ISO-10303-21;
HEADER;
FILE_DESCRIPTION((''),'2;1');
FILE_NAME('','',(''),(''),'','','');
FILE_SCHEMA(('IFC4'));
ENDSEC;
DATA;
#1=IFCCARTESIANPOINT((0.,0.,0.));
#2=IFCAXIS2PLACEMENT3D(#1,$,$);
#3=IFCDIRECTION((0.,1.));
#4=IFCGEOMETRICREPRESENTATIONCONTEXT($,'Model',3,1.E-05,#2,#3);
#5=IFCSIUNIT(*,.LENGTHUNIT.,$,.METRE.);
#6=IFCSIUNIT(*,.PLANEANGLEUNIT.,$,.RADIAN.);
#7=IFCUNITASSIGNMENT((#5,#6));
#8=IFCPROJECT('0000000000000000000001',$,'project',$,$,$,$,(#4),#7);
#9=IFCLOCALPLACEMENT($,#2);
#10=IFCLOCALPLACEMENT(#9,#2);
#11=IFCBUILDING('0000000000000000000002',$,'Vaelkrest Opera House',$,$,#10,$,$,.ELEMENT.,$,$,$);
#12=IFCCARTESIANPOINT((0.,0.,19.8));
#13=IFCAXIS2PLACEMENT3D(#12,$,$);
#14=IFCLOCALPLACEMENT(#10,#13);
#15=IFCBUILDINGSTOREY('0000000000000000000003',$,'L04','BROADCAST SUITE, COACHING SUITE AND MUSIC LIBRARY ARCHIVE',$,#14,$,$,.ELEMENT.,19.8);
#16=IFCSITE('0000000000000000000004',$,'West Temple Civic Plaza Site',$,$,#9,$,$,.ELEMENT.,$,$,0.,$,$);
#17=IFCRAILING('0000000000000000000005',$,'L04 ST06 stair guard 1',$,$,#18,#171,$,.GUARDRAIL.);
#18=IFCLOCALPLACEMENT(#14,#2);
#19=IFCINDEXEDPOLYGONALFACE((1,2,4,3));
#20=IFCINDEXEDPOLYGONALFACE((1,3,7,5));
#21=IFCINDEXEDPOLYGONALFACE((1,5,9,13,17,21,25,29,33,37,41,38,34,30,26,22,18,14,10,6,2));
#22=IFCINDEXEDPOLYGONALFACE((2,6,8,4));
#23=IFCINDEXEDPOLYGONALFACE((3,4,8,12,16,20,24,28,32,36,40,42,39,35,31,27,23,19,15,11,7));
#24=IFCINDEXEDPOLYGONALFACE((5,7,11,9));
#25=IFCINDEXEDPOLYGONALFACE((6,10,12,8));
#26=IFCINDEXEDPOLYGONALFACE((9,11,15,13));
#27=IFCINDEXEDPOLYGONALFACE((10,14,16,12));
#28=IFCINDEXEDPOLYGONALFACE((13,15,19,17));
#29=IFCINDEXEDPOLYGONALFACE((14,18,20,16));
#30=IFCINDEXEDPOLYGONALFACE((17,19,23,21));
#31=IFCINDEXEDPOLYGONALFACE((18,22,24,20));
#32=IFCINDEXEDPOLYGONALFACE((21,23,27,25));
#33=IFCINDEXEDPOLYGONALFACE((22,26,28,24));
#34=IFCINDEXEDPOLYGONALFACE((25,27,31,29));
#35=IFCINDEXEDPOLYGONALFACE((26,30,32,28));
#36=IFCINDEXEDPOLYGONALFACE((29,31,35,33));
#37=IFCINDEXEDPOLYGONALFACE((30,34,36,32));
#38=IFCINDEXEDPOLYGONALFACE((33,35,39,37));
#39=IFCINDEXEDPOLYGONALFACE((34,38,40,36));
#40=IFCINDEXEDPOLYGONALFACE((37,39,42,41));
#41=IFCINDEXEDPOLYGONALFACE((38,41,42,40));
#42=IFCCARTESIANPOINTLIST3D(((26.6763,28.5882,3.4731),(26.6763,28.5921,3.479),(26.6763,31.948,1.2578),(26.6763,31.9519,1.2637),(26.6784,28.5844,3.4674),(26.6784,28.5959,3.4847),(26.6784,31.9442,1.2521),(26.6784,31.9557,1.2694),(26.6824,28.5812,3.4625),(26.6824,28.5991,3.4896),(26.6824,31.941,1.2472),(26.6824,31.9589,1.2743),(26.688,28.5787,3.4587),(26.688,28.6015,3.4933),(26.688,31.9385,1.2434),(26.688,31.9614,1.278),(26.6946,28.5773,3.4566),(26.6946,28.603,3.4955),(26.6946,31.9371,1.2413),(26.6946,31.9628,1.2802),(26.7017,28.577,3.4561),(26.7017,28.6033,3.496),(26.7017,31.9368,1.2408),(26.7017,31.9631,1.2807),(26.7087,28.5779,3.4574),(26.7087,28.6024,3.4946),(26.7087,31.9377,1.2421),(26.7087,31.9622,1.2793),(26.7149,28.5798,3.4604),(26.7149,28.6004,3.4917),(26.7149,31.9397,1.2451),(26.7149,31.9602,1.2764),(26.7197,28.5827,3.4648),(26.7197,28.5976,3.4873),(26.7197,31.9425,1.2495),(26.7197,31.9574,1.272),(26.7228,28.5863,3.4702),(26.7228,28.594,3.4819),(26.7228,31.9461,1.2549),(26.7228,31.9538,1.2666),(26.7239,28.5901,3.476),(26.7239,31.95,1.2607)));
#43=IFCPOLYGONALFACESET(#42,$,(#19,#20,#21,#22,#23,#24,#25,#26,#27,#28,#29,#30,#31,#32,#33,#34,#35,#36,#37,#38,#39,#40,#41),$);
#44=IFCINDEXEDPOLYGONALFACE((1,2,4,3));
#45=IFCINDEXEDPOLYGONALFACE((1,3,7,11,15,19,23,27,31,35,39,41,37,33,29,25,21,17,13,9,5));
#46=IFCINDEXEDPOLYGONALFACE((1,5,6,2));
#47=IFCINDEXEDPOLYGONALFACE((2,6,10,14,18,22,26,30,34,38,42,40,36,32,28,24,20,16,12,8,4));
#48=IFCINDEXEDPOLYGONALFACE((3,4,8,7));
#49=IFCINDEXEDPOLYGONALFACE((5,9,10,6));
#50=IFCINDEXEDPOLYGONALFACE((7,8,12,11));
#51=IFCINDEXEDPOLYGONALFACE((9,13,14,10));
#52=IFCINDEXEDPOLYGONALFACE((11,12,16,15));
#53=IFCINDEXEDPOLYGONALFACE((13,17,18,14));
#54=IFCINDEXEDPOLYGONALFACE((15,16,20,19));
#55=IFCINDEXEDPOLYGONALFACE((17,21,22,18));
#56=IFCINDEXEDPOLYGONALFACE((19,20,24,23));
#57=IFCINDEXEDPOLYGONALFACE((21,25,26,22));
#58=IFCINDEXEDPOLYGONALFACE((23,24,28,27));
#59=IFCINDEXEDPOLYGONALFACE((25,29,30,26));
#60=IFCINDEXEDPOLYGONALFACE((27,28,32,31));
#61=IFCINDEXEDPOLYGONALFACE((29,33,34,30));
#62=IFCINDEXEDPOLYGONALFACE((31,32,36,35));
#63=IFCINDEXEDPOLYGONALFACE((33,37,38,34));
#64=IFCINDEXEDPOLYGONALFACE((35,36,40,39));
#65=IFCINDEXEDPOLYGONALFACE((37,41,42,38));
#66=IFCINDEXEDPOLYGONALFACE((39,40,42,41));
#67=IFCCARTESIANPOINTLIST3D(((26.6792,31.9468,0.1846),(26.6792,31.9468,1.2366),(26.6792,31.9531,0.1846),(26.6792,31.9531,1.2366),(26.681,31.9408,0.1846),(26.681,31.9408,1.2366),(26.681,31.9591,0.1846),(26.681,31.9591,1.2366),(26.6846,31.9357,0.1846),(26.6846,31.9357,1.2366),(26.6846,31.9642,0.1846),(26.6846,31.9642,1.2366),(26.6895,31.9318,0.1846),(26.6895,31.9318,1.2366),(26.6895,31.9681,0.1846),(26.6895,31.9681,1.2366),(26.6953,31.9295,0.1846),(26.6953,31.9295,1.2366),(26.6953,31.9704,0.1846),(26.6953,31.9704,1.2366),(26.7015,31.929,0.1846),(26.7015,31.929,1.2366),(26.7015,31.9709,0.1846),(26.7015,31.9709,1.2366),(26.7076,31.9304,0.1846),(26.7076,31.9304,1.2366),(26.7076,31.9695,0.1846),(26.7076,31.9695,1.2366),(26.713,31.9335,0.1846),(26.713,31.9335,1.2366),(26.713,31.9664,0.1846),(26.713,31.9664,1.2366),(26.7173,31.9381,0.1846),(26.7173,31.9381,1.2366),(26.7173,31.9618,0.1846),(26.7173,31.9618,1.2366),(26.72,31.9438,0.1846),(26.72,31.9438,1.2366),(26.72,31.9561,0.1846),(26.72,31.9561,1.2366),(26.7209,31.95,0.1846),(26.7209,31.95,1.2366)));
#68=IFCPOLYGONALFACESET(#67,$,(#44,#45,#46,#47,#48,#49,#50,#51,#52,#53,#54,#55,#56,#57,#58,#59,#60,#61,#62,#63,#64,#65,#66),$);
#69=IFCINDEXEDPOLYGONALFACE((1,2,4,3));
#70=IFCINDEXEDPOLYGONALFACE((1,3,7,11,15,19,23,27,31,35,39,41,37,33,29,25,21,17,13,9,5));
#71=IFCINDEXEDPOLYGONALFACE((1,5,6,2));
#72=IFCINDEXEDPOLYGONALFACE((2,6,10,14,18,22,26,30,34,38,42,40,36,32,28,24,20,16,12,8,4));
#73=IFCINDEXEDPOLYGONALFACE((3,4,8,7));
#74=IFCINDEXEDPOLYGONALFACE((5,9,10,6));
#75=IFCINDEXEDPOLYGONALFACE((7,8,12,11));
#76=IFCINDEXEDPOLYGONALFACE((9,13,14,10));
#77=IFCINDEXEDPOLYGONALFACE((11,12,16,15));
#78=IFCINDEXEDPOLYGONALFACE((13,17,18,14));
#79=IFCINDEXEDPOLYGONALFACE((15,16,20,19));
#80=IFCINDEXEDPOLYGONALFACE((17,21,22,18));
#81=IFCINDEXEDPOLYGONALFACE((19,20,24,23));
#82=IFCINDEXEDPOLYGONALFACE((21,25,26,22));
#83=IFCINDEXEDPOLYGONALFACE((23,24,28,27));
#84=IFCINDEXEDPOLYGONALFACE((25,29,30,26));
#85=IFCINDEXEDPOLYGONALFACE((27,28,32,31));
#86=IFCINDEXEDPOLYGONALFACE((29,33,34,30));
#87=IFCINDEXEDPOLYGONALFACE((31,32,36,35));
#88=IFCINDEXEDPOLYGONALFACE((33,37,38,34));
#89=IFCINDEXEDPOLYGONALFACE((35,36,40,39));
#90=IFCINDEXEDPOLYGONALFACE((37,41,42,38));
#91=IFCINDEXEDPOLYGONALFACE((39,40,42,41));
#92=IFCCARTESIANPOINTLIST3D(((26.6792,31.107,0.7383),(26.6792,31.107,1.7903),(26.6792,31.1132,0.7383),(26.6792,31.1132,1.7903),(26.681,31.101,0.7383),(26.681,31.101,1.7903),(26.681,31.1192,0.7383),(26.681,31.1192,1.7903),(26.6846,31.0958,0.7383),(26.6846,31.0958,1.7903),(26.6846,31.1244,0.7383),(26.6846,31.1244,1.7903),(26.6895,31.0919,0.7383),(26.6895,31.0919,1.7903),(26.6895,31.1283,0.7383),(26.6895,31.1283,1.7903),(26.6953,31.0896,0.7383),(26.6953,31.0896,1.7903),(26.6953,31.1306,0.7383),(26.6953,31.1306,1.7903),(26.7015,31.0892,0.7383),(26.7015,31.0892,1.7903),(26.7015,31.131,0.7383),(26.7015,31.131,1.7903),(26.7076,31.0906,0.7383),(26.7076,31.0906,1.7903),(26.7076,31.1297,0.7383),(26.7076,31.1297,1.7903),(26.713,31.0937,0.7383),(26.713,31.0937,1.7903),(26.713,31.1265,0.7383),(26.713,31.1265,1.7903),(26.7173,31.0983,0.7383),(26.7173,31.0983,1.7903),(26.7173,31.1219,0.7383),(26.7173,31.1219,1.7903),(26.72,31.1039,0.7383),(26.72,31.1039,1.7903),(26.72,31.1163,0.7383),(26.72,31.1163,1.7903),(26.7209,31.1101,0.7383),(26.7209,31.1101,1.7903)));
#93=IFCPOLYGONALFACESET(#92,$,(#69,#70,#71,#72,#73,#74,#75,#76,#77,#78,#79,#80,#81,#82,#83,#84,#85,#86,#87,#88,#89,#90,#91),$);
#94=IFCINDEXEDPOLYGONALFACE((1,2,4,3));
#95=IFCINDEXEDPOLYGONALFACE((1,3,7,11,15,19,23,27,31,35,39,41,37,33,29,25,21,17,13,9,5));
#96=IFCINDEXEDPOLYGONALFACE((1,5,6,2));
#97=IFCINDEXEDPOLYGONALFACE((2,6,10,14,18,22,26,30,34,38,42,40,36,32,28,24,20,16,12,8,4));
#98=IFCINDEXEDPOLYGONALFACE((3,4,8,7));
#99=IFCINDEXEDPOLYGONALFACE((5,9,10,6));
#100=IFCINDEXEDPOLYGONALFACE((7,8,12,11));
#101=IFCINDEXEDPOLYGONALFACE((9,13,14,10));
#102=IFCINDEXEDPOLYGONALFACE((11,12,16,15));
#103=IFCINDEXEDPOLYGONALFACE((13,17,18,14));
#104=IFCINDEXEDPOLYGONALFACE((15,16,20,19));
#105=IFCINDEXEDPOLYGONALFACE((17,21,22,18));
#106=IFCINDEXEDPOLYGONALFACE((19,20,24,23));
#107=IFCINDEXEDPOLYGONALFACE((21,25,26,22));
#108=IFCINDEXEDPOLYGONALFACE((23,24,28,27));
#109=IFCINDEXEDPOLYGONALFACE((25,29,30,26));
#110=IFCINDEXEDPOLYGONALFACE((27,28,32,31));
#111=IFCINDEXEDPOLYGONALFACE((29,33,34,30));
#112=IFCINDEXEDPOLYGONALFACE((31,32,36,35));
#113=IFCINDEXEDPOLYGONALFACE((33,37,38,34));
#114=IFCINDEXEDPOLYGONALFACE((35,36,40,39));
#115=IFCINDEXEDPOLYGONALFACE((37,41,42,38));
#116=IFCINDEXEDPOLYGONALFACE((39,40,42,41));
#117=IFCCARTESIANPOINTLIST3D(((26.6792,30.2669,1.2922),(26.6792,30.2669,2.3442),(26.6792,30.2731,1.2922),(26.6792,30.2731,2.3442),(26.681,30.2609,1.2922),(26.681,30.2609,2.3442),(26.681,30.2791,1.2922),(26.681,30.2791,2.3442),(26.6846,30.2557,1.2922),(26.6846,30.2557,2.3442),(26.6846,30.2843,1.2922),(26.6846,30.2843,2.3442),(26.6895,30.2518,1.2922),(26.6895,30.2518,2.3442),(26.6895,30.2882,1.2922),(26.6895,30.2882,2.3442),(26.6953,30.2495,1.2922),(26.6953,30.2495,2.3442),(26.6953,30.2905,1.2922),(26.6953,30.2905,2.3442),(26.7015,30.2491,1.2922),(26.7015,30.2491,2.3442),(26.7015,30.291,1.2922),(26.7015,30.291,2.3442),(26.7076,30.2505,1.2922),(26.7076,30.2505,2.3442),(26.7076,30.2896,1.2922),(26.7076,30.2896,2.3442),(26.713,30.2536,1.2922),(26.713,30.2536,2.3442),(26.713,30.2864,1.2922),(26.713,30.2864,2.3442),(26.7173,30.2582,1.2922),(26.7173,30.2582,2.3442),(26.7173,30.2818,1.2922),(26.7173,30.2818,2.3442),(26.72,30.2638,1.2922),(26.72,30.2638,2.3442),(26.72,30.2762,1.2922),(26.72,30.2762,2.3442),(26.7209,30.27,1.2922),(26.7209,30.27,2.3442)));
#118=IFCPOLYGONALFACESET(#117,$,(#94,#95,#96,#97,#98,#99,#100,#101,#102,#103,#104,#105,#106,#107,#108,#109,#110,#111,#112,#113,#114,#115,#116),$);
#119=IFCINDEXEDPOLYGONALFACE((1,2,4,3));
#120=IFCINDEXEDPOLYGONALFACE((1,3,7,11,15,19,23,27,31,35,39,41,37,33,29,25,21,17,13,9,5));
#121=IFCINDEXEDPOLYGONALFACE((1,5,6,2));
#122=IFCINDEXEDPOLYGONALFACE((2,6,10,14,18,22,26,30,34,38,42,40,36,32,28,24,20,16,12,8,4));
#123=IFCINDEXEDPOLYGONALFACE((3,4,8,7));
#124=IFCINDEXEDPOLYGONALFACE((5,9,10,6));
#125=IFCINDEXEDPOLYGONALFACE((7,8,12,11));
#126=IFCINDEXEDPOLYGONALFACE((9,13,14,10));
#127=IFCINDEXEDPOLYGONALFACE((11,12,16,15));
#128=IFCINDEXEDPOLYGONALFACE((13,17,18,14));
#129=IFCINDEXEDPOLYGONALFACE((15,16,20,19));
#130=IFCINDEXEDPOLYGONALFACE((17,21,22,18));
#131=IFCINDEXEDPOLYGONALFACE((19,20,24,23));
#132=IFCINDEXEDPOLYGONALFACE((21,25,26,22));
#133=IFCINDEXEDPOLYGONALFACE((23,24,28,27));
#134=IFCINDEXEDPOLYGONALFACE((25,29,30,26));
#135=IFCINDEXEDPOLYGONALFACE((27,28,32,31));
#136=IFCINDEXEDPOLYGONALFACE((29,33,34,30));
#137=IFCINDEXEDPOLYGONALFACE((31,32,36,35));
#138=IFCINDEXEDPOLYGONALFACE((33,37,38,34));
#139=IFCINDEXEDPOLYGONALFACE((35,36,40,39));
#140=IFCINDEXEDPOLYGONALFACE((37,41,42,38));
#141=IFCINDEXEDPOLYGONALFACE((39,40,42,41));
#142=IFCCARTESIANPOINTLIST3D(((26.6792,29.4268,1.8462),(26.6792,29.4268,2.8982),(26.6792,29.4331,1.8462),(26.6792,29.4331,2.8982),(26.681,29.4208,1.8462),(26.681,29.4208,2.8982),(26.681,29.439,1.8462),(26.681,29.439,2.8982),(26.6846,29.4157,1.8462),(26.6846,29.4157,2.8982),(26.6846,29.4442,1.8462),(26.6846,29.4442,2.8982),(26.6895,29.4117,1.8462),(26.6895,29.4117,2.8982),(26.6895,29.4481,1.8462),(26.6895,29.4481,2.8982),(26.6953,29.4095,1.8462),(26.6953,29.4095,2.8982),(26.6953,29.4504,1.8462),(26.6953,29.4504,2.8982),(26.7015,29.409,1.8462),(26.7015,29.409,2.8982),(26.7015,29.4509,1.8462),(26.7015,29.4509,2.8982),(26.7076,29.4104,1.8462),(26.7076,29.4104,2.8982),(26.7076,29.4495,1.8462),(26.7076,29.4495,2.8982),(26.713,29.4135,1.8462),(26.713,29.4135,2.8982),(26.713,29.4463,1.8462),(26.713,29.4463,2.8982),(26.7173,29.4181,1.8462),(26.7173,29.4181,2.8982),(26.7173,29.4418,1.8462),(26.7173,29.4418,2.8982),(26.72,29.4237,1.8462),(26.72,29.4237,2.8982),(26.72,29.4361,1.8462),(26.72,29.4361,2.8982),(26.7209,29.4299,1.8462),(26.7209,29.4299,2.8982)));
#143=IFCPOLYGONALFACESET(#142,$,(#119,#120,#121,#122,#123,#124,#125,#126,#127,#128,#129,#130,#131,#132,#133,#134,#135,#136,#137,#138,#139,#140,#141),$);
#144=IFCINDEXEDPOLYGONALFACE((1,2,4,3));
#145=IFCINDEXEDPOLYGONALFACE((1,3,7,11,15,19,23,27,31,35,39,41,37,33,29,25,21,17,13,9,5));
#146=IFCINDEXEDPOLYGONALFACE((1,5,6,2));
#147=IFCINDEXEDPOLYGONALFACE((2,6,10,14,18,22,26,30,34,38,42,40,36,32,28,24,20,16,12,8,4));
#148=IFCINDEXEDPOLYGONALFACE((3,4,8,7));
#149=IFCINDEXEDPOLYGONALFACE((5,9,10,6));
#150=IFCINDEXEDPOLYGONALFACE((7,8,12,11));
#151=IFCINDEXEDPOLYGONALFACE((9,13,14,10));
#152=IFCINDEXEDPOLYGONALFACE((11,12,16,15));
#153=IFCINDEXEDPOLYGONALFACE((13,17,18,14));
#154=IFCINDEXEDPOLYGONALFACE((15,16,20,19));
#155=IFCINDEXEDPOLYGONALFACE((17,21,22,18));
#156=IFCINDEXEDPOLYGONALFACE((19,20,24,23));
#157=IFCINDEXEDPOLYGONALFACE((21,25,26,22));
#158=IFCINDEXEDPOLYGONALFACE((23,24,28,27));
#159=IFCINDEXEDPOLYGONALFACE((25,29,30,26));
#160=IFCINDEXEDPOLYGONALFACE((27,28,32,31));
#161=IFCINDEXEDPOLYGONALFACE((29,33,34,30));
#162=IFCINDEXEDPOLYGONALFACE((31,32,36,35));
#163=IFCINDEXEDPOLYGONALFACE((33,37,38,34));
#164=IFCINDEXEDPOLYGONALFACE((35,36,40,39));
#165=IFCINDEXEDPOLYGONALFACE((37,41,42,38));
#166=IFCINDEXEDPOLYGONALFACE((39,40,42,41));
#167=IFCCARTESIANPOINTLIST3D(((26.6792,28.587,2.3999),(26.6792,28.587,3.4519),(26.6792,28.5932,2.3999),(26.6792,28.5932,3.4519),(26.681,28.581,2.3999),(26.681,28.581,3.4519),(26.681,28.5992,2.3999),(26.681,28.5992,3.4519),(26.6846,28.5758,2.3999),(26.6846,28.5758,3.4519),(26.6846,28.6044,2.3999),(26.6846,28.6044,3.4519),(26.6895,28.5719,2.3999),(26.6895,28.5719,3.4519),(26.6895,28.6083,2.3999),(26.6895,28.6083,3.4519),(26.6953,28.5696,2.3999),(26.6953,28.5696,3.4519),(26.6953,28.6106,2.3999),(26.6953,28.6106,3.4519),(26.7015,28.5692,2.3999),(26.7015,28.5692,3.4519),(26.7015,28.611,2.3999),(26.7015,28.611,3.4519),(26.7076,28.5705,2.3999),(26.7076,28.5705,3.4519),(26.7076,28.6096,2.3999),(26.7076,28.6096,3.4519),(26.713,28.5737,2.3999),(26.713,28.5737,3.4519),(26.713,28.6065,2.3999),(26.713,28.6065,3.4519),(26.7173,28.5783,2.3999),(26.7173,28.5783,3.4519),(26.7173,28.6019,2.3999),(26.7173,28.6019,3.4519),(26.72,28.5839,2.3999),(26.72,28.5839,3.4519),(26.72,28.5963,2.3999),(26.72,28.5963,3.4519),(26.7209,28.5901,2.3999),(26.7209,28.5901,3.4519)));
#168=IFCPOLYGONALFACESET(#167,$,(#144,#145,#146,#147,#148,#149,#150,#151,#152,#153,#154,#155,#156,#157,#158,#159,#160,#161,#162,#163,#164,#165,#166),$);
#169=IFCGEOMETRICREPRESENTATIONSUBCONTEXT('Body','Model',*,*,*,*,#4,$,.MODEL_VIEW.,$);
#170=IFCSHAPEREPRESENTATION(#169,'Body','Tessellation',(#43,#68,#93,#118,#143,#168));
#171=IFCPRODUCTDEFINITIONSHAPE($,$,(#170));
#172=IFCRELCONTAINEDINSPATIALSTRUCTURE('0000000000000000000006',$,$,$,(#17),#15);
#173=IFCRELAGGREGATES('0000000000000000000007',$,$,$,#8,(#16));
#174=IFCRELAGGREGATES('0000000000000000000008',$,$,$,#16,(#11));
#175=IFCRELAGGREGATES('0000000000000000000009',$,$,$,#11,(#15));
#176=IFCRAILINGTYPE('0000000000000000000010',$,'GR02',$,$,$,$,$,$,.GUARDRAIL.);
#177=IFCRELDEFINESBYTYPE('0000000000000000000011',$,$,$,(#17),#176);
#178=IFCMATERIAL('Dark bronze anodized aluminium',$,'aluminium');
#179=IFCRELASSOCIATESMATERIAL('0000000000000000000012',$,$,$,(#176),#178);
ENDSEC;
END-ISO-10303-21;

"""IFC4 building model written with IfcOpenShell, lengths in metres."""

from ifc_helpers import new_model, si_unit, direction, frame, origin, origin_2d, place, context, subcontext, project, spatial, circle, extrude, material, type_object, element, save


model = new_model("IFC4")

# Units and contexts
model_context = context("Model", 3, precision=1e-05, world=origin(), true_north=direction((0.0, 1.0)))
body_context = subcontext(model_context, "Body", "Model", "MODEL_VIEW")
ifc_project = project(units=[si_unit("LENGTHUNIT", "METRE"), si_unit("PLANEANGLEUNIT", "RADIAN")], contexts=[model_context])

# Site, building, storey
site_placement = place(None, origin())
site = spatial("IfcSite", under=ifc_project, at=site_placement, Name="West Temple Civic Plaza Site", CompositionType="ELEMENT", RefElevation=0.0)
building_placement = place(site_placement, origin())
building = spatial("IfcBuilding", under=site, at=building_placement, Name="Vaelkrest Opera House", CompositionType="ELEMENT")
storey_placement = place(building_placement, frame((0.0, 0.0, 19.8)))
storey = spatial("IfcBuildingStorey", under=building, at=storey_placement, Name="L04", Description="BROADCAST SUITE, COACHING SUITE AND MUSIC LIBRARY ARCHIVE", CompositionType="ELEMENT", Elevation=19.8)

# Railing
ifc_material_1 = material(Name="Dark bronze anodized aluminium", Category="aluminium")
railing_type_1 = type_object("IfcRailingType", Name="GR02", PredefinedType="GUARDRAIL", material=ifc_material_1)
railing_1_placement = place(storey_placement, frame((26.7, 31.95, 0.1846)))
element("IfcRailing", 1, at=railing_1_placement, inside=storey, type_object=railing_type_1, Name="L04 ST06 stair guard 1", PredefinedType="GUARDRAIL", context=body_context, shape_type="SweptSolid", body=[
    extrude(circle(Radius=0.0239, at=origin_2d()), frame((0.0, 0.0, 1.0762), z_axis=(0.0, -0.834858, 0.550465), x_axis=(1.0, 0.0, 0.0)), (0.0, 0.0, 1.0), 4.0244),
    extrude(circle(Radius=0.021, at=origin_2d()), origin(), (0.0, 0.0, 1.0), 1.052),
    extrude(circle(Radius=0.021, at=origin_2d()), frame((0.0, -0.8398, 0.5537)), (0.0, 0.0, 1.0), 1.052),
    extrude(circle(Radius=0.021, at=origin_2d()), frame((0.0, -1.6799, 1.1077)), (0.0, 0.0, 1.0), 1.052),
    extrude(circle(Radius=0.021, at=origin_2d()), frame((0.0, -2.52, 1.6616)), (0.0, 0.0, 1.0), 1.052),
    extrude(circle(Radius=0.021, at=origin_2d()), frame((0.0, -3.3599, 2.2153)), (0.0, 0.0, 1.0), 1.052),
])

save(model, "model.ifc")
